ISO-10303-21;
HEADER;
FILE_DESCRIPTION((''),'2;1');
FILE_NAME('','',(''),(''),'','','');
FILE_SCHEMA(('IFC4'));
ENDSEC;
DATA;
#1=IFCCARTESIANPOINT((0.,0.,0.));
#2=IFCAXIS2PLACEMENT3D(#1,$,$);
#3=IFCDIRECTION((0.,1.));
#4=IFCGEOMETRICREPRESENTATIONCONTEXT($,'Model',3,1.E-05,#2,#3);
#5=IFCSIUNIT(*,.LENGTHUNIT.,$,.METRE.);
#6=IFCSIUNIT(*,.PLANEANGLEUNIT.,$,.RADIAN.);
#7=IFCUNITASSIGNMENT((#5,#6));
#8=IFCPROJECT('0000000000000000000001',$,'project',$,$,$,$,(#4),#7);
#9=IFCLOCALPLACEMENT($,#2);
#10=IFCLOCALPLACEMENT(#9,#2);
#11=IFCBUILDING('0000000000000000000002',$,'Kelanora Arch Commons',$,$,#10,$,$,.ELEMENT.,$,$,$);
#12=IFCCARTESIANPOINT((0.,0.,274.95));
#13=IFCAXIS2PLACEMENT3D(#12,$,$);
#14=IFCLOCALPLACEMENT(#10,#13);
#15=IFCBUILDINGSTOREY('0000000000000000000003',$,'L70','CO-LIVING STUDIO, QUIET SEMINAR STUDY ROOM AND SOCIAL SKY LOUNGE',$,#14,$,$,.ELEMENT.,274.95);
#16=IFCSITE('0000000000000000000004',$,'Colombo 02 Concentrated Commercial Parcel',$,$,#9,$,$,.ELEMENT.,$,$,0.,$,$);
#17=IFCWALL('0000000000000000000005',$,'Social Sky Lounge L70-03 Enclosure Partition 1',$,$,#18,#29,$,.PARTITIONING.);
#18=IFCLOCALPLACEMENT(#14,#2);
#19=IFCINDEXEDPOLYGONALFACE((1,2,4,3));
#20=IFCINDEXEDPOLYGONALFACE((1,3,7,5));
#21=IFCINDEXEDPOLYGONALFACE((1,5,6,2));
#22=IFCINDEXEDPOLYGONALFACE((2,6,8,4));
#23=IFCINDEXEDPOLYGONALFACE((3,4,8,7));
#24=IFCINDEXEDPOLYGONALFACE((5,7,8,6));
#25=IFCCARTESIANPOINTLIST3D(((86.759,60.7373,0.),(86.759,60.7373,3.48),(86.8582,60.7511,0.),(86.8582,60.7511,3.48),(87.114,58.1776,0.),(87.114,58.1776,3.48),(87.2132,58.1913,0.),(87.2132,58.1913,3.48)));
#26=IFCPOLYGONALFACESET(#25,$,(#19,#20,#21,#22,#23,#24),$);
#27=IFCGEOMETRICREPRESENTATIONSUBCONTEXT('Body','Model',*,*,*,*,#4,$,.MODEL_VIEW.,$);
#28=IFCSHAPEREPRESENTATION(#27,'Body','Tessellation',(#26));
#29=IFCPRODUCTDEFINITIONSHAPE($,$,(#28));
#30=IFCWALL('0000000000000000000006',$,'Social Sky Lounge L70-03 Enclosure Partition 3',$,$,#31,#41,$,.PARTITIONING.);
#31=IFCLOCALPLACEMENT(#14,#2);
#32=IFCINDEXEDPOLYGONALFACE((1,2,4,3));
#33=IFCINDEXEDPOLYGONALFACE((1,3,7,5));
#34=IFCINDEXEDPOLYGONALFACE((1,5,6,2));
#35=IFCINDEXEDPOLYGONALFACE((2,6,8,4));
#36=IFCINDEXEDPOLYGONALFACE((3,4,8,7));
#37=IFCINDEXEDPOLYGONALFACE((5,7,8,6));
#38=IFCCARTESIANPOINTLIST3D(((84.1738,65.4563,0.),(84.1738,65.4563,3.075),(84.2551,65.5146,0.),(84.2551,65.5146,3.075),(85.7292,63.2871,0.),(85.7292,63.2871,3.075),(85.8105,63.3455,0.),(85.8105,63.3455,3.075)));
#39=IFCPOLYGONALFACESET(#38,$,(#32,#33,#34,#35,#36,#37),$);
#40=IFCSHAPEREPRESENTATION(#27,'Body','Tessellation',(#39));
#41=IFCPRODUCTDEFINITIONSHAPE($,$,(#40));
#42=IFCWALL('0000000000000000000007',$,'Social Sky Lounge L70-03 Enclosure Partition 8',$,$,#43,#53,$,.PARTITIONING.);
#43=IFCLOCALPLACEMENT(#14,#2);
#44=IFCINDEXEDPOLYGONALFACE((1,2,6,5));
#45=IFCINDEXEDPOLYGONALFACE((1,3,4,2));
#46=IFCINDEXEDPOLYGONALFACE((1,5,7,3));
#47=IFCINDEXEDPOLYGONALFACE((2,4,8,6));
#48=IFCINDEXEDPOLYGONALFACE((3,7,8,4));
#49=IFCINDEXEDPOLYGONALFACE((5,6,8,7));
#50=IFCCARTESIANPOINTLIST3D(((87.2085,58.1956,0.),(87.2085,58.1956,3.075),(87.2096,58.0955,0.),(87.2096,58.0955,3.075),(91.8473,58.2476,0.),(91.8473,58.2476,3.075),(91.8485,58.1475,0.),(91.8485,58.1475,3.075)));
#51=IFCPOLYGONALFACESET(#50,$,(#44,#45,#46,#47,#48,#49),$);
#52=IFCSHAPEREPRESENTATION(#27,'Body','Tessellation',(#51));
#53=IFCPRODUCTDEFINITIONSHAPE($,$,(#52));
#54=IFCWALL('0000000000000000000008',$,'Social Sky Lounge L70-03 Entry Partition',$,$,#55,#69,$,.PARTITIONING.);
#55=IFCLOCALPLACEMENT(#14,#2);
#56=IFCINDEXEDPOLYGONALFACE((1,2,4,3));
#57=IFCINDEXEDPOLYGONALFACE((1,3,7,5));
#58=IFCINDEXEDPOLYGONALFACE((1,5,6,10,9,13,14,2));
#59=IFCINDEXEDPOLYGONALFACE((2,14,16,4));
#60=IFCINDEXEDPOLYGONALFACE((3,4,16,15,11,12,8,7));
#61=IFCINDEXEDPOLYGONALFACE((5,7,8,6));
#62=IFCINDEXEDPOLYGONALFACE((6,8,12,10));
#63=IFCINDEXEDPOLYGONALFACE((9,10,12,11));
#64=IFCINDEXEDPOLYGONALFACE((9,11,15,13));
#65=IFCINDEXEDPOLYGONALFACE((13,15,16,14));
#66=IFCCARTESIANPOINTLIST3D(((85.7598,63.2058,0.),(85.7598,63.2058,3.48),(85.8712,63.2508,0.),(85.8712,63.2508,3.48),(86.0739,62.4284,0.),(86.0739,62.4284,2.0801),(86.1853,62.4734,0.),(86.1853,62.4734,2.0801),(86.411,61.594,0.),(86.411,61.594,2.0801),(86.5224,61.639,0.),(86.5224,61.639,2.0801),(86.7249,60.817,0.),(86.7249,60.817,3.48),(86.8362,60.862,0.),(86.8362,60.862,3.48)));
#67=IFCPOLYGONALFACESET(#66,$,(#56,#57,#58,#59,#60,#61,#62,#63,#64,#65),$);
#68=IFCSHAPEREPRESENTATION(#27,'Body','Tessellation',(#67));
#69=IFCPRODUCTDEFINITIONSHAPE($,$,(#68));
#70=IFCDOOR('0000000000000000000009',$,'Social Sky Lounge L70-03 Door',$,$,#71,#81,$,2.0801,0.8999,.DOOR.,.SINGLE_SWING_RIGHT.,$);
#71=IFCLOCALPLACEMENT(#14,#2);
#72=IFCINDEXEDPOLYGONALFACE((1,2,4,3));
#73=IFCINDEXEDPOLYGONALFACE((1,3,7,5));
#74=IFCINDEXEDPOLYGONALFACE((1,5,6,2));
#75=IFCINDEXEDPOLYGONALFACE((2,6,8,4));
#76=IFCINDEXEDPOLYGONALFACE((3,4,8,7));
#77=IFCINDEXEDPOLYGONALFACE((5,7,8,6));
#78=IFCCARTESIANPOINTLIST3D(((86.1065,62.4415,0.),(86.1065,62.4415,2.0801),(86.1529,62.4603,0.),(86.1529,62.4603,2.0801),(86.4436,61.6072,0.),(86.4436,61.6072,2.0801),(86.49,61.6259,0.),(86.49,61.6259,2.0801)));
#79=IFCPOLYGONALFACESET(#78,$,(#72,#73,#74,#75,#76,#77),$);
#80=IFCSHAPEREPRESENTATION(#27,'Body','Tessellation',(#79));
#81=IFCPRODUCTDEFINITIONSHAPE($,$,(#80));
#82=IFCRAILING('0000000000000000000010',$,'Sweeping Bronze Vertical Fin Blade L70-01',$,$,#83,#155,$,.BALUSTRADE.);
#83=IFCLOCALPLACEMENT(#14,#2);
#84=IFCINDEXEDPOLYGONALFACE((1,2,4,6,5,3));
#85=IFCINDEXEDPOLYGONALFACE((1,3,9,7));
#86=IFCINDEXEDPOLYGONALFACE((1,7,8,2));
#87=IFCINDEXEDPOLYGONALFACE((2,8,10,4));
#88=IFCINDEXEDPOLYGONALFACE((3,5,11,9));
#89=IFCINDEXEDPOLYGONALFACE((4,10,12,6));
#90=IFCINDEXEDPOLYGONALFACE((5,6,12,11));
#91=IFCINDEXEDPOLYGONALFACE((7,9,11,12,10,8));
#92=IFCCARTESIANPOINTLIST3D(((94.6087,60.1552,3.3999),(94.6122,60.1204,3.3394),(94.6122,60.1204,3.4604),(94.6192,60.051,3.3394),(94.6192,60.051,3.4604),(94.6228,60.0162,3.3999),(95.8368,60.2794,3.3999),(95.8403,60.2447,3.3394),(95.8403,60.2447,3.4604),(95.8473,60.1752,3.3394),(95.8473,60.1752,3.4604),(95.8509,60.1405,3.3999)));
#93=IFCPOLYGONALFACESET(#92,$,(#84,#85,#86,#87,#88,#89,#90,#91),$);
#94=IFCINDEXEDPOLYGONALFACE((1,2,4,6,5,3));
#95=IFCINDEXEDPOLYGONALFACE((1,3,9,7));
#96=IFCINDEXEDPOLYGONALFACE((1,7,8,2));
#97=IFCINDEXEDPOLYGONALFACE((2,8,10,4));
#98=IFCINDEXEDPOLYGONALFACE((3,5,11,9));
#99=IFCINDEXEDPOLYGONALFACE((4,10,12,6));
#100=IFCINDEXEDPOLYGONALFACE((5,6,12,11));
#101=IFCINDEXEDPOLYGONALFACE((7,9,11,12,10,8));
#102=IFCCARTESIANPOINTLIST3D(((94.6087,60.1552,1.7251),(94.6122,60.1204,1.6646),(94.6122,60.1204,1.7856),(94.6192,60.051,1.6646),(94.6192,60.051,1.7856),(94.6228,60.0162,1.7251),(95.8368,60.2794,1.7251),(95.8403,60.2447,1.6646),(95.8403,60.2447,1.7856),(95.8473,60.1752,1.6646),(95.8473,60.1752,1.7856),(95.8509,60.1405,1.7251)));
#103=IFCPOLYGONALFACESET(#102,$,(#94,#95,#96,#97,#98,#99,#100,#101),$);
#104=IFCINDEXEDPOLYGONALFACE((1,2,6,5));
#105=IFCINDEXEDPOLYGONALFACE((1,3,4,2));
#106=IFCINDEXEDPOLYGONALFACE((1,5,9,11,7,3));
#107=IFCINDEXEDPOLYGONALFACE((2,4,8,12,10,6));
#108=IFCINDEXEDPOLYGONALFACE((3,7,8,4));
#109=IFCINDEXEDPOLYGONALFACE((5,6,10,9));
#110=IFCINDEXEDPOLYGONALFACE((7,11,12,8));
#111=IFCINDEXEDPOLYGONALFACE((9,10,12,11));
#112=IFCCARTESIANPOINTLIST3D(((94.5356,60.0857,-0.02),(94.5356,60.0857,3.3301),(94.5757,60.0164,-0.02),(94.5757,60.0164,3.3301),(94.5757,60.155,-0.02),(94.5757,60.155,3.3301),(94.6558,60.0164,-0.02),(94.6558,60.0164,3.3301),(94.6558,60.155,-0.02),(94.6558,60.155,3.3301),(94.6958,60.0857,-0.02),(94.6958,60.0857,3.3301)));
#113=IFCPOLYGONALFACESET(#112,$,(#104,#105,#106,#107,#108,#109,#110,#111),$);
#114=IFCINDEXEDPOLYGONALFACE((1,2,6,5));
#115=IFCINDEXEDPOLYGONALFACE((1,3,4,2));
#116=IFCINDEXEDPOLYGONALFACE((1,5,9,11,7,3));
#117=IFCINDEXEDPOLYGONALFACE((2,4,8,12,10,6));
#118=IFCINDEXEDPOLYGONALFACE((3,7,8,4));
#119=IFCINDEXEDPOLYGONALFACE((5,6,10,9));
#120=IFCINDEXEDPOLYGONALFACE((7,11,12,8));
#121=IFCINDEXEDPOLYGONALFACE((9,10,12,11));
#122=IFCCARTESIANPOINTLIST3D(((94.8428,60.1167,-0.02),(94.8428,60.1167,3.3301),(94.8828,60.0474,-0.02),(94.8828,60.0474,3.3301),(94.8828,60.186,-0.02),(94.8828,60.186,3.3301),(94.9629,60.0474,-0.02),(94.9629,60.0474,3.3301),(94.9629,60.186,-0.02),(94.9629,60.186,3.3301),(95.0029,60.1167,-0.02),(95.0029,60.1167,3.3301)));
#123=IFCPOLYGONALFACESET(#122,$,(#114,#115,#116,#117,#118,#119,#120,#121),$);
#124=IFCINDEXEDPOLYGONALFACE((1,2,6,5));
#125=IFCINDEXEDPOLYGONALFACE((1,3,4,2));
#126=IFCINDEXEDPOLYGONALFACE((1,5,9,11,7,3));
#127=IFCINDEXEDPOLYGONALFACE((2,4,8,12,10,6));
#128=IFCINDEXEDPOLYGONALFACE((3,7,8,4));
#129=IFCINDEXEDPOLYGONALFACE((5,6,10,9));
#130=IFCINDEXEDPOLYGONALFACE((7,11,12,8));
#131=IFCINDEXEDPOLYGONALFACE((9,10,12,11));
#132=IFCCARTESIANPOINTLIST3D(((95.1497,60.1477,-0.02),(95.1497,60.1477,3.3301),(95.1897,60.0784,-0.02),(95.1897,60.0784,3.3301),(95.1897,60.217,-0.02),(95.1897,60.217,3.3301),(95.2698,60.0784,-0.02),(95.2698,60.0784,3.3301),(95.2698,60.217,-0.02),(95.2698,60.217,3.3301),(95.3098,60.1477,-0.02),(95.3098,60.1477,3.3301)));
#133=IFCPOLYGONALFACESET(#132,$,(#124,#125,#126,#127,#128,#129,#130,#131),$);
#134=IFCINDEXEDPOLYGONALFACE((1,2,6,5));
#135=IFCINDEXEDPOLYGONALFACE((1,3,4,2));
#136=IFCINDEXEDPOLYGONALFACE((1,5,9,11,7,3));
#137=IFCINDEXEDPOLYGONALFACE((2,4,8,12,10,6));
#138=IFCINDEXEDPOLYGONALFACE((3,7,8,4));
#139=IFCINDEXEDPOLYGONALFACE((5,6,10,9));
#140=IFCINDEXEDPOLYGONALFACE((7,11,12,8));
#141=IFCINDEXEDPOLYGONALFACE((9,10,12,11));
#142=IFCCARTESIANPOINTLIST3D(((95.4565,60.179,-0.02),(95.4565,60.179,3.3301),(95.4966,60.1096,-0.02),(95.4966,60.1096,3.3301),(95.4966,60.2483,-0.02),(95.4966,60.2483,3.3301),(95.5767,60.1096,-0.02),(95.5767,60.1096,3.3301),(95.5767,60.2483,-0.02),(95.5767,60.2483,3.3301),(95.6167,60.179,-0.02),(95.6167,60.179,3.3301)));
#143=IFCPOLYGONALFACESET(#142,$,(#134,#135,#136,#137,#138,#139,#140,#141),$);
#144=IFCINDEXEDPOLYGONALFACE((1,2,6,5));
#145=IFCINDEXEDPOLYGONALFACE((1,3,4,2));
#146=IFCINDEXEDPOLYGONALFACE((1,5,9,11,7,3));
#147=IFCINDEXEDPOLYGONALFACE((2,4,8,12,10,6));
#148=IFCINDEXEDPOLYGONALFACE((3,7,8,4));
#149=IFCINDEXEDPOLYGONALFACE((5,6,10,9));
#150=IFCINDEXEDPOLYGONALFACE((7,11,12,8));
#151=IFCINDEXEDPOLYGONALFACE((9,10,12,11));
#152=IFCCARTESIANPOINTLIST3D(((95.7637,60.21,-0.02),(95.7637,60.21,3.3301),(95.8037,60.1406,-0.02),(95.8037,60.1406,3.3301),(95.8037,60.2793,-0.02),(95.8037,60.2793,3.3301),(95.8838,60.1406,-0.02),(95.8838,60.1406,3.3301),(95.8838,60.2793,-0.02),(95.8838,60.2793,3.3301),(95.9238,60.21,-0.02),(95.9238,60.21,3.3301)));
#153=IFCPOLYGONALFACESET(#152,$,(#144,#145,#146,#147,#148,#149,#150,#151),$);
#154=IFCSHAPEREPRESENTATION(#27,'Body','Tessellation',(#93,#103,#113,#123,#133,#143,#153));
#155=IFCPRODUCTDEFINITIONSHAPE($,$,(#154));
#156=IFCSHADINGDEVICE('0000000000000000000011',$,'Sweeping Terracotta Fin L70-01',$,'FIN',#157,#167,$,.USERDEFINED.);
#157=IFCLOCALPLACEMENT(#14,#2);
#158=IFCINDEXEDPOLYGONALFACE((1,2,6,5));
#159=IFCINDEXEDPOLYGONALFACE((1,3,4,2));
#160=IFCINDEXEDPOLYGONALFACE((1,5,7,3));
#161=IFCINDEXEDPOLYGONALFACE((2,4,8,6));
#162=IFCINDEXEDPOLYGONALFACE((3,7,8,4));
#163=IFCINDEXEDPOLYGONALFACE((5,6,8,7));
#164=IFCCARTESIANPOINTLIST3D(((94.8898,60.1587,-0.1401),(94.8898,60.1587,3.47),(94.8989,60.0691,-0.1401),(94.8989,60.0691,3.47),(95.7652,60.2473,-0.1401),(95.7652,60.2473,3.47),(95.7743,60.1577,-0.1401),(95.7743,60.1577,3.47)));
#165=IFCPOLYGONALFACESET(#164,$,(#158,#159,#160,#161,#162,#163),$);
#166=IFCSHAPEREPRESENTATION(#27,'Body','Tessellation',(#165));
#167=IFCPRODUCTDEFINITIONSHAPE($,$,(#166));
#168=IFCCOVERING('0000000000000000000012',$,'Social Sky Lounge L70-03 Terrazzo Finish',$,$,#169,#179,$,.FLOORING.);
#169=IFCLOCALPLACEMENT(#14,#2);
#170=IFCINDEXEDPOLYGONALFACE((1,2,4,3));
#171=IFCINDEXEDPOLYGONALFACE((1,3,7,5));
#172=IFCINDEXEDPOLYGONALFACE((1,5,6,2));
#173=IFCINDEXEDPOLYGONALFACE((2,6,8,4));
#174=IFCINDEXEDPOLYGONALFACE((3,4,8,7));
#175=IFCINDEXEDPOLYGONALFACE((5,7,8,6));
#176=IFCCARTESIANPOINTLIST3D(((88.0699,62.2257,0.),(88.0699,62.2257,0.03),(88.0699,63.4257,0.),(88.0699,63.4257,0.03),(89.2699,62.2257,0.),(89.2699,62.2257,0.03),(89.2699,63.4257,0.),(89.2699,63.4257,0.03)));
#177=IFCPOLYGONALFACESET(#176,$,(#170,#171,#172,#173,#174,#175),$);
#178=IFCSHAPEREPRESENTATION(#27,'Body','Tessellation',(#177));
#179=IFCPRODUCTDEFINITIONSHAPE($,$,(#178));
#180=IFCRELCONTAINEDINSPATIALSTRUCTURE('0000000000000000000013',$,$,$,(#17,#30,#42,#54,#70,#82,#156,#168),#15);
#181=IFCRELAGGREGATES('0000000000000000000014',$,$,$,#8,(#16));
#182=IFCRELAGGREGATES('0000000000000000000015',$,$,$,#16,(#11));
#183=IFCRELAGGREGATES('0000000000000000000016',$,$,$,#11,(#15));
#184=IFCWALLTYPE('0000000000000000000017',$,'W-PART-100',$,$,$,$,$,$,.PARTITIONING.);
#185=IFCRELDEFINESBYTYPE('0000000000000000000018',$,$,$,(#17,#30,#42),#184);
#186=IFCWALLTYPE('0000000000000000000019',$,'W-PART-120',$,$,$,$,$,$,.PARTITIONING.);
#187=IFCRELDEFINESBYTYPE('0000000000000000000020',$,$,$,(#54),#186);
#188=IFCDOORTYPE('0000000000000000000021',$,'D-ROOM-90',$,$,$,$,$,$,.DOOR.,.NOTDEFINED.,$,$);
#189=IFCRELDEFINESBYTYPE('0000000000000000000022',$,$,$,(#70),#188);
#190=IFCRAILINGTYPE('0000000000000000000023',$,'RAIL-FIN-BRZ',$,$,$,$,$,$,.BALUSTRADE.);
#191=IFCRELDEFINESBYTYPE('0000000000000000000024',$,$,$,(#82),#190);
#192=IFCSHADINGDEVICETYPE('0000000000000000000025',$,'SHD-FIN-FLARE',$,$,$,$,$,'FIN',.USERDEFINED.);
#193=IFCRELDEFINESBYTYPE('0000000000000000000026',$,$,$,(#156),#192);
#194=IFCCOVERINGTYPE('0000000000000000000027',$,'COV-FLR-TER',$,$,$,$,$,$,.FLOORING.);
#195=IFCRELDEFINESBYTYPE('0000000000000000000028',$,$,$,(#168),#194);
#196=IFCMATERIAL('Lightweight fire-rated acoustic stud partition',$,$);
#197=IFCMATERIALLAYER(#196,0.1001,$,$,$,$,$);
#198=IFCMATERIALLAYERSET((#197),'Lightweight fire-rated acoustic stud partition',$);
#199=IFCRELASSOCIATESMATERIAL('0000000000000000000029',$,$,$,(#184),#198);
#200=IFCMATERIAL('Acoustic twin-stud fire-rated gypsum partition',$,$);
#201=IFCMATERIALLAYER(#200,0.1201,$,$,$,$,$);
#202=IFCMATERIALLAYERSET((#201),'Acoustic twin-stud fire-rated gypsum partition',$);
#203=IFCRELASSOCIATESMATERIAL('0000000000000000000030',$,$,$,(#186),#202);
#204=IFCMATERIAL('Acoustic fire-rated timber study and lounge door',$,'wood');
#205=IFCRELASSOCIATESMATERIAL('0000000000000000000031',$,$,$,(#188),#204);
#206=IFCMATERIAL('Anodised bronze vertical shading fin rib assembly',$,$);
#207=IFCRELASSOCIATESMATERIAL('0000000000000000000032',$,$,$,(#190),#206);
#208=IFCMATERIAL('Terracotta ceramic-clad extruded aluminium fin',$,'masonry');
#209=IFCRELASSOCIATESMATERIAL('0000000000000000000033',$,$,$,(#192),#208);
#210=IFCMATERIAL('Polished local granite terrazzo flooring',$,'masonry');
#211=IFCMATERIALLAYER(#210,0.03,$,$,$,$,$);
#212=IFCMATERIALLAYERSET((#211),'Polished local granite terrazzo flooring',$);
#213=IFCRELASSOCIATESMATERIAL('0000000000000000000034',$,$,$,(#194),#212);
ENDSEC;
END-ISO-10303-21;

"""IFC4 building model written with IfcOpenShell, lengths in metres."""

from ifc_helpers import new_model, si_unit, direction, frame, frame_2d, origin, origin_2d, place, context, subcontext, project, spatial, polyline, rectangle, outline, extrude, source, transform, mapped, material, layer, layer_set, type_object, element, fill, save


model = new_model("IFC4")

# Units and contexts
model_context = context("Model", 3, precision=1e-05, world=origin(), true_north=direction((0.0, 1.0)))
body_context = subcontext(model_context, "Body", "Model", "MODEL_VIEW")
ifc_project = project(units=[si_unit("LENGTHUNIT", "METRE"), si_unit("PLANEANGLEUNIT", "RADIAN")], contexts=[model_context])

# Site, building, storey
site_placement = place(None, origin())
site = spatial("IfcSite", under=ifc_project, at=site_placement, Name="Colombo 02 Concentrated Commercial Parcel", CompositionType="ELEMENT", RefElevation=0.0)
building_placement = place(site_placement, origin())
building = spatial("IfcBuilding", under=site, at=building_placement, Name="Kelanora Arch Commons", CompositionType="ELEMENT")
storey_placement = place(building_placement, frame((0.0, 0.0, 274.95)))
storey = spatial("IfcBuildingStorey", under=building, at=storey_placement, Name="L70", Description="CO-LIVING STUDIO, QUIET SEMINAR STUDY ROOM AND SOCIAL SKY LOUNGE", CompositionType="ELEMENT", Elevation=274.95)

# Walls
ifc_material_1 = material(Name="Lightweight fire-rated acoustic stud partition")
ifc_layer_1 = layer(ifc_material_1, 0.1001)
ifc_layer_set_1 = layer_set([ifc_layer_1], Name="Lightweight fire-rated acoustic stud partition")
wall_type_1 = type_object("IfcWallType", Name="W-PART-100", PredefinedType="PARTITIONING", material=ifc_layer_set_1)
wall_1_placement = place(storey_placement, frame((87.1636, 58.1846, 0.0), z_axis=(0.0, 0.0, 1.0), x_axis=(-0.13736, 0.990521, 0.0)))
element("IfcWall", 1, at=wall_1_placement, inside=storey, type_object=wall_type_1, Name="Social Sky Lounge L70-03 Enclosure Partition 1", PredefinedType="PARTITIONING", context=body_context, shape_type="SweptSolid", body=[
    extrude(rectangle(XDim=2.5842, YDim=0.1001, at=frame_2d((1.292, 0.0))), origin(), (0.0, 0.0, 1.0), 3.48),
])
wall_2_placement = place(storey_placement, frame((85.7698, 63.3164, 0.0), z_axis=(0.0, 0.0, 1.0), x_axis=(-0.582725, 0.812669, 0.0)))
element("IfcWall", 2, at=wall_2_placement, inside=storey, type_object=wall_type_1, Name="Social Sky Lounge L70-03 Enclosure Partition 3", PredefinedType="PARTITIONING", context=body_context, shape_type="SweptSolid", body=[
    extrude(rectangle(XDim=2.6692, YDim=0.1001, at=frame_2d((1.3345, 0.0))), origin(), (0.0, 0.0, 1.0), 3.075),
])
wall_3_placement = place(storey_placement, frame((91.8479, 58.1975, 0.0), z_axis=(0.0, 0.0, 1.0), x_axis=(-0.999937, -0.011209, 0.0)))
element("IfcWall", 3, at=wall_3_placement, inside=storey, type_object=wall_type_1, Name="Social Sky Lounge L70-03 Enclosure Partition 8", PredefinedType="PARTITIONING", context=body_context, shape_type="SweptSolid", body=[
    extrude(rectangle(XDim=4.6392, YDim=0.1001, at=frame_2d((2.3196, 0.0))), origin(), (0.0, 0.0, 1.0), 3.075),
])

# Wall, opening, door
ifc_material_2 = material(Name="Acoustic twin-stud fire-rated gypsum partition")
ifc_layer_2 = layer(ifc_material_2, 0.1201)
ifc_layer_set_2 = layer_set([ifc_layer_2], Name="Acoustic twin-stud fire-rated gypsum partition")
wall_type_2 = type_object("IfcWallType", Name="W-PART-120", PredefinedType="PARTITIONING", material=ifc_layer_set_2)
wall_4_placement = place(storey_placement, frame((86.7805, 60.8396, 0.0), z_axis=(0.0, 0.0, 1.0), x_axis=(-0.374574, 0.927197, 0.0)))
wall_4 = element("IfcWall", 4, at=wall_4_placement, inside=storey, type_object=wall_type_2, Name="Social Sky Lounge L70-03 Entry Partition", PredefinedType="PARTITIONING", context=body_context, shape_type="SweptSolid", body=[
    extrude(rectangle(XDim=2.5764, YDim=0.1201, at=frame_2d((1.2881, 0.0))), origin(), (0.0, 0.0, 1.0), 3.48),
])
opening_placement = place(wall_4_placement, frame((0.8379, 0.0, 0.0)))
opening = element("IfcOpeningElement", 5, at=opening_placement, cuts=wall_4, PredefinedType="OPENING", context=body_context, shape_type="SweptSolid", body=[
    extrude(rectangle(XDim=0.8999, YDim=2.0801, at=frame_2d((0.45, 1.04))), frame((0.0, 0.0701, 0.0), z_axis=(0.0, -1.0, 0.0), x_axis=(1.0, 0.0, 0.0)), (0.0, 0.0, 1.0), 0.1401),
])
ifc_material_3 = material(Name="Acoustic fire-rated timber study and lounge door", Category="wood")
door_type = type_object("IfcDoorType", Name="D-ROOM-90", OperationType="NOTDEFINED", PredefinedType="DOOR", material=ifc_material_3)
door_placement = place(opening_placement, origin())
door = element("IfcDoor", 6, at=door_placement, inside=storey, type_object=door_type, Name="Social Sky Lounge L70-03 Door", OperationType="SINGLE_SWING_RIGHT", OverallHeight=2.0801, OverallWidth=0.8999, PredefinedType="DOOR", context=body_context, shape_type="SweptSolid", body=[
    extrude(rectangle(XDim=0.8999, YDim=2.0801, at=frame_2d((0.45, 1.04))), frame((0.0, 0.0249, 0.0), z_axis=(0.0, -1.0, 0.0), x_axis=(1.0, 0.0, 0.0)), (0.0, 0.0, 1.0), 0.05),
])
fill(opening, door)

# Railing
ifc_material_4 = material(Name="Anodised bronze vertical shading fin rib assembly")
railing_type_1 = type_object("IfcRailingType", Name="RAIL-FIN-BRZ", PredefinedType="BALUSTRADE", material=ifc_material_4)
railing_1_placement = place(storey_placement, frame((94.6157, 60.0857, -0.02)))
element("IfcRailing", 7, at=railing_1_placement, inside=storey, type_object=railing_type_1, Name="Sweeping Bronze Vertical Fin Blade L70-01", PredefinedType="BALUSTRADE", context=body_context, shape_type="SweptSolid", body=[
    extrude(outline(polyline([(0.0698, 0.0), (0.0349, 0.0605), (-0.0349, 0.0605), (-0.0698, 0.0), (-0.0349, -0.0605), (0.0349, -0.0605), (0.0698, 0.0)])), frame((0.0, 0.0, 3.4199), z_axis=(0.994919, 0.100679, 0.0), x_axis=(-0.100679, 0.994919, 0.0)), (0.0, 0.0, 1.0), 1.2344),
    extrude(outline(polyline([(0.0698, 0.0), (0.0349, 0.0605), (-0.0349, 0.0605), (-0.0698, 0.0), (-0.0349, -0.0605), (0.0349, -0.0605), (0.0698, 0.0)])), frame((0.0, 0.0, 1.7451), z_axis=(0.994919, 0.100679, 0.0), x_axis=(-0.100679, 0.994919, 0.0)), (0.0, 0.0, 1.0), 1.2344),
    extrude(outline(polyline([(0.0801, 0.0), (0.04, 0.0693), (-0.04, 0.0693), (-0.0801, 0.0), (-0.04, -0.0693), (0.04, -0.0693), (0.0801, 0.0)])), origin(), (0.0, 0.0, 1.0), 3.3501),
    extrude(outline(polyline([(0.0801, 0.0), (0.04, 0.0693), (-0.04, 0.0693), (-0.0801, 0.0), (-0.04, -0.0693), (0.04, -0.0693), (0.0801, 0.0)])), frame((0.3071, 0.031, 0.0)), (0.0, 0.0, 1.0), 3.3501),
    extrude(outline(polyline([(0.0801, 0.0), (0.04, 0.0693), (-0.04, 0.0693), (-0.0801, 0.0), (-0.04, -0.0693), (0.04, -0.0693), (0.0801, 0.0)])), frame((0.614, 0.062, 0.0)), (0.0, 0.0, 1.0), 3.3501),
    extrude(outline(polyline([(0.0801, 0.0), (0.04, 0.0693), (-0.04, 0.0693), (-0.0801, 0.0), (-0.04, -0.0693), (0.04, -0.0693), (0.0801, 0.0)])), frame((0.9209, 0.0933, 0.0)), (0.0, 0.0, 1.0), 3.3501),
    extrude(outline(polyline([(0.0801, 0.0), (0.04, 0.0693), (-0.04, 0.0693), (-0.0801, 0.0), (-0.04, -0.0693), (0.04, -0.0693), (0.0801, 0.0)])), frame((1.228, 0.1243, 0.0)), (0.0, 0.0, 1.0), 3.3501),
])

# Shading device
ifc_material_5 = material(Name="Terracotta ceramic-clad extruded aluminium fin", Category="masonry")
shading_device_type = type_object("IfcShadingDeviceType", Name="SHD-FIN-FLARE", ElementType="FIN", PredefinedType="USERDEFINED", material=ifc_material_5)
shared_shape_1 = source(origin(), body_context, "Body", "SweptSolid", [
    extrude(rectangle(XDim=0.8799, YDim=0.0901, at=origin_2d()), origin(), (0.0, 0.0, 1.0), 3.6101),
])
shading_device_placement = place(storey_placement, frame((95.332, 60.1582, -0.1401), z_axis=(0.0, 0.0, 1.0), x_axis=(0.994916, 0.100709, 0.0)))
element("IfcShadingDevice", 8, at=shading_device_placement, inside=storey, type_object=shading_device_type, Name="Sweeping Terracotta Fin L70-01", ObjectType="FIN", PredefinedType="USERDEFINED", context=body_context, shape_type="MappedRepresentation", body=[
    mapped(shared_shape_1, transform((0.0, 0.0, 0.0), scale=1.0)),
])

# Covering
ifc_material_6 = material(Name="Polished local granite terrazzo flooring", Category="masonry")
ifc_layer_3 = layer(ifc_material_6, 0.03)
ifc_layer_set_3 = layer_set([ifc_layer_3], Name="Polished local granite terrazzo flooring")
covering_type = type_object("IfcCoveringType", Name="COV-FLR-TER", PredefinedType="FLOORING", material=ifc_layer_set_3)
shared_shape_2 = source(origin(), body_context, "Body", "SweptSolid", [
    extrude(rectangle(XDim=1.2, YDim=1.2, at=origin_2d()), origin(), (0.0, 0.0, 1.0), 0.03),
])
covering_placement = place(storey_placement, frame((88.6699, 62.8257, 0.0), z_axis=(0.0, 0.0, 1.0), x_axis=(1.0, 0.0, 0.0)))
element("IfcCovering", 9, at=covering_placement, inside=storey, type_object=covering_type, Name="Social Sky Lounge L70-03 Terrazzo Finish", PredefinedType="FLOORING", context=body_context, shape_type="MappedRepresentation", body=[
    mapped(shared_shape_2, transform((0.0, 0.0, 0.0), scale=1.0)),
])

save(model, "model.ifc")
